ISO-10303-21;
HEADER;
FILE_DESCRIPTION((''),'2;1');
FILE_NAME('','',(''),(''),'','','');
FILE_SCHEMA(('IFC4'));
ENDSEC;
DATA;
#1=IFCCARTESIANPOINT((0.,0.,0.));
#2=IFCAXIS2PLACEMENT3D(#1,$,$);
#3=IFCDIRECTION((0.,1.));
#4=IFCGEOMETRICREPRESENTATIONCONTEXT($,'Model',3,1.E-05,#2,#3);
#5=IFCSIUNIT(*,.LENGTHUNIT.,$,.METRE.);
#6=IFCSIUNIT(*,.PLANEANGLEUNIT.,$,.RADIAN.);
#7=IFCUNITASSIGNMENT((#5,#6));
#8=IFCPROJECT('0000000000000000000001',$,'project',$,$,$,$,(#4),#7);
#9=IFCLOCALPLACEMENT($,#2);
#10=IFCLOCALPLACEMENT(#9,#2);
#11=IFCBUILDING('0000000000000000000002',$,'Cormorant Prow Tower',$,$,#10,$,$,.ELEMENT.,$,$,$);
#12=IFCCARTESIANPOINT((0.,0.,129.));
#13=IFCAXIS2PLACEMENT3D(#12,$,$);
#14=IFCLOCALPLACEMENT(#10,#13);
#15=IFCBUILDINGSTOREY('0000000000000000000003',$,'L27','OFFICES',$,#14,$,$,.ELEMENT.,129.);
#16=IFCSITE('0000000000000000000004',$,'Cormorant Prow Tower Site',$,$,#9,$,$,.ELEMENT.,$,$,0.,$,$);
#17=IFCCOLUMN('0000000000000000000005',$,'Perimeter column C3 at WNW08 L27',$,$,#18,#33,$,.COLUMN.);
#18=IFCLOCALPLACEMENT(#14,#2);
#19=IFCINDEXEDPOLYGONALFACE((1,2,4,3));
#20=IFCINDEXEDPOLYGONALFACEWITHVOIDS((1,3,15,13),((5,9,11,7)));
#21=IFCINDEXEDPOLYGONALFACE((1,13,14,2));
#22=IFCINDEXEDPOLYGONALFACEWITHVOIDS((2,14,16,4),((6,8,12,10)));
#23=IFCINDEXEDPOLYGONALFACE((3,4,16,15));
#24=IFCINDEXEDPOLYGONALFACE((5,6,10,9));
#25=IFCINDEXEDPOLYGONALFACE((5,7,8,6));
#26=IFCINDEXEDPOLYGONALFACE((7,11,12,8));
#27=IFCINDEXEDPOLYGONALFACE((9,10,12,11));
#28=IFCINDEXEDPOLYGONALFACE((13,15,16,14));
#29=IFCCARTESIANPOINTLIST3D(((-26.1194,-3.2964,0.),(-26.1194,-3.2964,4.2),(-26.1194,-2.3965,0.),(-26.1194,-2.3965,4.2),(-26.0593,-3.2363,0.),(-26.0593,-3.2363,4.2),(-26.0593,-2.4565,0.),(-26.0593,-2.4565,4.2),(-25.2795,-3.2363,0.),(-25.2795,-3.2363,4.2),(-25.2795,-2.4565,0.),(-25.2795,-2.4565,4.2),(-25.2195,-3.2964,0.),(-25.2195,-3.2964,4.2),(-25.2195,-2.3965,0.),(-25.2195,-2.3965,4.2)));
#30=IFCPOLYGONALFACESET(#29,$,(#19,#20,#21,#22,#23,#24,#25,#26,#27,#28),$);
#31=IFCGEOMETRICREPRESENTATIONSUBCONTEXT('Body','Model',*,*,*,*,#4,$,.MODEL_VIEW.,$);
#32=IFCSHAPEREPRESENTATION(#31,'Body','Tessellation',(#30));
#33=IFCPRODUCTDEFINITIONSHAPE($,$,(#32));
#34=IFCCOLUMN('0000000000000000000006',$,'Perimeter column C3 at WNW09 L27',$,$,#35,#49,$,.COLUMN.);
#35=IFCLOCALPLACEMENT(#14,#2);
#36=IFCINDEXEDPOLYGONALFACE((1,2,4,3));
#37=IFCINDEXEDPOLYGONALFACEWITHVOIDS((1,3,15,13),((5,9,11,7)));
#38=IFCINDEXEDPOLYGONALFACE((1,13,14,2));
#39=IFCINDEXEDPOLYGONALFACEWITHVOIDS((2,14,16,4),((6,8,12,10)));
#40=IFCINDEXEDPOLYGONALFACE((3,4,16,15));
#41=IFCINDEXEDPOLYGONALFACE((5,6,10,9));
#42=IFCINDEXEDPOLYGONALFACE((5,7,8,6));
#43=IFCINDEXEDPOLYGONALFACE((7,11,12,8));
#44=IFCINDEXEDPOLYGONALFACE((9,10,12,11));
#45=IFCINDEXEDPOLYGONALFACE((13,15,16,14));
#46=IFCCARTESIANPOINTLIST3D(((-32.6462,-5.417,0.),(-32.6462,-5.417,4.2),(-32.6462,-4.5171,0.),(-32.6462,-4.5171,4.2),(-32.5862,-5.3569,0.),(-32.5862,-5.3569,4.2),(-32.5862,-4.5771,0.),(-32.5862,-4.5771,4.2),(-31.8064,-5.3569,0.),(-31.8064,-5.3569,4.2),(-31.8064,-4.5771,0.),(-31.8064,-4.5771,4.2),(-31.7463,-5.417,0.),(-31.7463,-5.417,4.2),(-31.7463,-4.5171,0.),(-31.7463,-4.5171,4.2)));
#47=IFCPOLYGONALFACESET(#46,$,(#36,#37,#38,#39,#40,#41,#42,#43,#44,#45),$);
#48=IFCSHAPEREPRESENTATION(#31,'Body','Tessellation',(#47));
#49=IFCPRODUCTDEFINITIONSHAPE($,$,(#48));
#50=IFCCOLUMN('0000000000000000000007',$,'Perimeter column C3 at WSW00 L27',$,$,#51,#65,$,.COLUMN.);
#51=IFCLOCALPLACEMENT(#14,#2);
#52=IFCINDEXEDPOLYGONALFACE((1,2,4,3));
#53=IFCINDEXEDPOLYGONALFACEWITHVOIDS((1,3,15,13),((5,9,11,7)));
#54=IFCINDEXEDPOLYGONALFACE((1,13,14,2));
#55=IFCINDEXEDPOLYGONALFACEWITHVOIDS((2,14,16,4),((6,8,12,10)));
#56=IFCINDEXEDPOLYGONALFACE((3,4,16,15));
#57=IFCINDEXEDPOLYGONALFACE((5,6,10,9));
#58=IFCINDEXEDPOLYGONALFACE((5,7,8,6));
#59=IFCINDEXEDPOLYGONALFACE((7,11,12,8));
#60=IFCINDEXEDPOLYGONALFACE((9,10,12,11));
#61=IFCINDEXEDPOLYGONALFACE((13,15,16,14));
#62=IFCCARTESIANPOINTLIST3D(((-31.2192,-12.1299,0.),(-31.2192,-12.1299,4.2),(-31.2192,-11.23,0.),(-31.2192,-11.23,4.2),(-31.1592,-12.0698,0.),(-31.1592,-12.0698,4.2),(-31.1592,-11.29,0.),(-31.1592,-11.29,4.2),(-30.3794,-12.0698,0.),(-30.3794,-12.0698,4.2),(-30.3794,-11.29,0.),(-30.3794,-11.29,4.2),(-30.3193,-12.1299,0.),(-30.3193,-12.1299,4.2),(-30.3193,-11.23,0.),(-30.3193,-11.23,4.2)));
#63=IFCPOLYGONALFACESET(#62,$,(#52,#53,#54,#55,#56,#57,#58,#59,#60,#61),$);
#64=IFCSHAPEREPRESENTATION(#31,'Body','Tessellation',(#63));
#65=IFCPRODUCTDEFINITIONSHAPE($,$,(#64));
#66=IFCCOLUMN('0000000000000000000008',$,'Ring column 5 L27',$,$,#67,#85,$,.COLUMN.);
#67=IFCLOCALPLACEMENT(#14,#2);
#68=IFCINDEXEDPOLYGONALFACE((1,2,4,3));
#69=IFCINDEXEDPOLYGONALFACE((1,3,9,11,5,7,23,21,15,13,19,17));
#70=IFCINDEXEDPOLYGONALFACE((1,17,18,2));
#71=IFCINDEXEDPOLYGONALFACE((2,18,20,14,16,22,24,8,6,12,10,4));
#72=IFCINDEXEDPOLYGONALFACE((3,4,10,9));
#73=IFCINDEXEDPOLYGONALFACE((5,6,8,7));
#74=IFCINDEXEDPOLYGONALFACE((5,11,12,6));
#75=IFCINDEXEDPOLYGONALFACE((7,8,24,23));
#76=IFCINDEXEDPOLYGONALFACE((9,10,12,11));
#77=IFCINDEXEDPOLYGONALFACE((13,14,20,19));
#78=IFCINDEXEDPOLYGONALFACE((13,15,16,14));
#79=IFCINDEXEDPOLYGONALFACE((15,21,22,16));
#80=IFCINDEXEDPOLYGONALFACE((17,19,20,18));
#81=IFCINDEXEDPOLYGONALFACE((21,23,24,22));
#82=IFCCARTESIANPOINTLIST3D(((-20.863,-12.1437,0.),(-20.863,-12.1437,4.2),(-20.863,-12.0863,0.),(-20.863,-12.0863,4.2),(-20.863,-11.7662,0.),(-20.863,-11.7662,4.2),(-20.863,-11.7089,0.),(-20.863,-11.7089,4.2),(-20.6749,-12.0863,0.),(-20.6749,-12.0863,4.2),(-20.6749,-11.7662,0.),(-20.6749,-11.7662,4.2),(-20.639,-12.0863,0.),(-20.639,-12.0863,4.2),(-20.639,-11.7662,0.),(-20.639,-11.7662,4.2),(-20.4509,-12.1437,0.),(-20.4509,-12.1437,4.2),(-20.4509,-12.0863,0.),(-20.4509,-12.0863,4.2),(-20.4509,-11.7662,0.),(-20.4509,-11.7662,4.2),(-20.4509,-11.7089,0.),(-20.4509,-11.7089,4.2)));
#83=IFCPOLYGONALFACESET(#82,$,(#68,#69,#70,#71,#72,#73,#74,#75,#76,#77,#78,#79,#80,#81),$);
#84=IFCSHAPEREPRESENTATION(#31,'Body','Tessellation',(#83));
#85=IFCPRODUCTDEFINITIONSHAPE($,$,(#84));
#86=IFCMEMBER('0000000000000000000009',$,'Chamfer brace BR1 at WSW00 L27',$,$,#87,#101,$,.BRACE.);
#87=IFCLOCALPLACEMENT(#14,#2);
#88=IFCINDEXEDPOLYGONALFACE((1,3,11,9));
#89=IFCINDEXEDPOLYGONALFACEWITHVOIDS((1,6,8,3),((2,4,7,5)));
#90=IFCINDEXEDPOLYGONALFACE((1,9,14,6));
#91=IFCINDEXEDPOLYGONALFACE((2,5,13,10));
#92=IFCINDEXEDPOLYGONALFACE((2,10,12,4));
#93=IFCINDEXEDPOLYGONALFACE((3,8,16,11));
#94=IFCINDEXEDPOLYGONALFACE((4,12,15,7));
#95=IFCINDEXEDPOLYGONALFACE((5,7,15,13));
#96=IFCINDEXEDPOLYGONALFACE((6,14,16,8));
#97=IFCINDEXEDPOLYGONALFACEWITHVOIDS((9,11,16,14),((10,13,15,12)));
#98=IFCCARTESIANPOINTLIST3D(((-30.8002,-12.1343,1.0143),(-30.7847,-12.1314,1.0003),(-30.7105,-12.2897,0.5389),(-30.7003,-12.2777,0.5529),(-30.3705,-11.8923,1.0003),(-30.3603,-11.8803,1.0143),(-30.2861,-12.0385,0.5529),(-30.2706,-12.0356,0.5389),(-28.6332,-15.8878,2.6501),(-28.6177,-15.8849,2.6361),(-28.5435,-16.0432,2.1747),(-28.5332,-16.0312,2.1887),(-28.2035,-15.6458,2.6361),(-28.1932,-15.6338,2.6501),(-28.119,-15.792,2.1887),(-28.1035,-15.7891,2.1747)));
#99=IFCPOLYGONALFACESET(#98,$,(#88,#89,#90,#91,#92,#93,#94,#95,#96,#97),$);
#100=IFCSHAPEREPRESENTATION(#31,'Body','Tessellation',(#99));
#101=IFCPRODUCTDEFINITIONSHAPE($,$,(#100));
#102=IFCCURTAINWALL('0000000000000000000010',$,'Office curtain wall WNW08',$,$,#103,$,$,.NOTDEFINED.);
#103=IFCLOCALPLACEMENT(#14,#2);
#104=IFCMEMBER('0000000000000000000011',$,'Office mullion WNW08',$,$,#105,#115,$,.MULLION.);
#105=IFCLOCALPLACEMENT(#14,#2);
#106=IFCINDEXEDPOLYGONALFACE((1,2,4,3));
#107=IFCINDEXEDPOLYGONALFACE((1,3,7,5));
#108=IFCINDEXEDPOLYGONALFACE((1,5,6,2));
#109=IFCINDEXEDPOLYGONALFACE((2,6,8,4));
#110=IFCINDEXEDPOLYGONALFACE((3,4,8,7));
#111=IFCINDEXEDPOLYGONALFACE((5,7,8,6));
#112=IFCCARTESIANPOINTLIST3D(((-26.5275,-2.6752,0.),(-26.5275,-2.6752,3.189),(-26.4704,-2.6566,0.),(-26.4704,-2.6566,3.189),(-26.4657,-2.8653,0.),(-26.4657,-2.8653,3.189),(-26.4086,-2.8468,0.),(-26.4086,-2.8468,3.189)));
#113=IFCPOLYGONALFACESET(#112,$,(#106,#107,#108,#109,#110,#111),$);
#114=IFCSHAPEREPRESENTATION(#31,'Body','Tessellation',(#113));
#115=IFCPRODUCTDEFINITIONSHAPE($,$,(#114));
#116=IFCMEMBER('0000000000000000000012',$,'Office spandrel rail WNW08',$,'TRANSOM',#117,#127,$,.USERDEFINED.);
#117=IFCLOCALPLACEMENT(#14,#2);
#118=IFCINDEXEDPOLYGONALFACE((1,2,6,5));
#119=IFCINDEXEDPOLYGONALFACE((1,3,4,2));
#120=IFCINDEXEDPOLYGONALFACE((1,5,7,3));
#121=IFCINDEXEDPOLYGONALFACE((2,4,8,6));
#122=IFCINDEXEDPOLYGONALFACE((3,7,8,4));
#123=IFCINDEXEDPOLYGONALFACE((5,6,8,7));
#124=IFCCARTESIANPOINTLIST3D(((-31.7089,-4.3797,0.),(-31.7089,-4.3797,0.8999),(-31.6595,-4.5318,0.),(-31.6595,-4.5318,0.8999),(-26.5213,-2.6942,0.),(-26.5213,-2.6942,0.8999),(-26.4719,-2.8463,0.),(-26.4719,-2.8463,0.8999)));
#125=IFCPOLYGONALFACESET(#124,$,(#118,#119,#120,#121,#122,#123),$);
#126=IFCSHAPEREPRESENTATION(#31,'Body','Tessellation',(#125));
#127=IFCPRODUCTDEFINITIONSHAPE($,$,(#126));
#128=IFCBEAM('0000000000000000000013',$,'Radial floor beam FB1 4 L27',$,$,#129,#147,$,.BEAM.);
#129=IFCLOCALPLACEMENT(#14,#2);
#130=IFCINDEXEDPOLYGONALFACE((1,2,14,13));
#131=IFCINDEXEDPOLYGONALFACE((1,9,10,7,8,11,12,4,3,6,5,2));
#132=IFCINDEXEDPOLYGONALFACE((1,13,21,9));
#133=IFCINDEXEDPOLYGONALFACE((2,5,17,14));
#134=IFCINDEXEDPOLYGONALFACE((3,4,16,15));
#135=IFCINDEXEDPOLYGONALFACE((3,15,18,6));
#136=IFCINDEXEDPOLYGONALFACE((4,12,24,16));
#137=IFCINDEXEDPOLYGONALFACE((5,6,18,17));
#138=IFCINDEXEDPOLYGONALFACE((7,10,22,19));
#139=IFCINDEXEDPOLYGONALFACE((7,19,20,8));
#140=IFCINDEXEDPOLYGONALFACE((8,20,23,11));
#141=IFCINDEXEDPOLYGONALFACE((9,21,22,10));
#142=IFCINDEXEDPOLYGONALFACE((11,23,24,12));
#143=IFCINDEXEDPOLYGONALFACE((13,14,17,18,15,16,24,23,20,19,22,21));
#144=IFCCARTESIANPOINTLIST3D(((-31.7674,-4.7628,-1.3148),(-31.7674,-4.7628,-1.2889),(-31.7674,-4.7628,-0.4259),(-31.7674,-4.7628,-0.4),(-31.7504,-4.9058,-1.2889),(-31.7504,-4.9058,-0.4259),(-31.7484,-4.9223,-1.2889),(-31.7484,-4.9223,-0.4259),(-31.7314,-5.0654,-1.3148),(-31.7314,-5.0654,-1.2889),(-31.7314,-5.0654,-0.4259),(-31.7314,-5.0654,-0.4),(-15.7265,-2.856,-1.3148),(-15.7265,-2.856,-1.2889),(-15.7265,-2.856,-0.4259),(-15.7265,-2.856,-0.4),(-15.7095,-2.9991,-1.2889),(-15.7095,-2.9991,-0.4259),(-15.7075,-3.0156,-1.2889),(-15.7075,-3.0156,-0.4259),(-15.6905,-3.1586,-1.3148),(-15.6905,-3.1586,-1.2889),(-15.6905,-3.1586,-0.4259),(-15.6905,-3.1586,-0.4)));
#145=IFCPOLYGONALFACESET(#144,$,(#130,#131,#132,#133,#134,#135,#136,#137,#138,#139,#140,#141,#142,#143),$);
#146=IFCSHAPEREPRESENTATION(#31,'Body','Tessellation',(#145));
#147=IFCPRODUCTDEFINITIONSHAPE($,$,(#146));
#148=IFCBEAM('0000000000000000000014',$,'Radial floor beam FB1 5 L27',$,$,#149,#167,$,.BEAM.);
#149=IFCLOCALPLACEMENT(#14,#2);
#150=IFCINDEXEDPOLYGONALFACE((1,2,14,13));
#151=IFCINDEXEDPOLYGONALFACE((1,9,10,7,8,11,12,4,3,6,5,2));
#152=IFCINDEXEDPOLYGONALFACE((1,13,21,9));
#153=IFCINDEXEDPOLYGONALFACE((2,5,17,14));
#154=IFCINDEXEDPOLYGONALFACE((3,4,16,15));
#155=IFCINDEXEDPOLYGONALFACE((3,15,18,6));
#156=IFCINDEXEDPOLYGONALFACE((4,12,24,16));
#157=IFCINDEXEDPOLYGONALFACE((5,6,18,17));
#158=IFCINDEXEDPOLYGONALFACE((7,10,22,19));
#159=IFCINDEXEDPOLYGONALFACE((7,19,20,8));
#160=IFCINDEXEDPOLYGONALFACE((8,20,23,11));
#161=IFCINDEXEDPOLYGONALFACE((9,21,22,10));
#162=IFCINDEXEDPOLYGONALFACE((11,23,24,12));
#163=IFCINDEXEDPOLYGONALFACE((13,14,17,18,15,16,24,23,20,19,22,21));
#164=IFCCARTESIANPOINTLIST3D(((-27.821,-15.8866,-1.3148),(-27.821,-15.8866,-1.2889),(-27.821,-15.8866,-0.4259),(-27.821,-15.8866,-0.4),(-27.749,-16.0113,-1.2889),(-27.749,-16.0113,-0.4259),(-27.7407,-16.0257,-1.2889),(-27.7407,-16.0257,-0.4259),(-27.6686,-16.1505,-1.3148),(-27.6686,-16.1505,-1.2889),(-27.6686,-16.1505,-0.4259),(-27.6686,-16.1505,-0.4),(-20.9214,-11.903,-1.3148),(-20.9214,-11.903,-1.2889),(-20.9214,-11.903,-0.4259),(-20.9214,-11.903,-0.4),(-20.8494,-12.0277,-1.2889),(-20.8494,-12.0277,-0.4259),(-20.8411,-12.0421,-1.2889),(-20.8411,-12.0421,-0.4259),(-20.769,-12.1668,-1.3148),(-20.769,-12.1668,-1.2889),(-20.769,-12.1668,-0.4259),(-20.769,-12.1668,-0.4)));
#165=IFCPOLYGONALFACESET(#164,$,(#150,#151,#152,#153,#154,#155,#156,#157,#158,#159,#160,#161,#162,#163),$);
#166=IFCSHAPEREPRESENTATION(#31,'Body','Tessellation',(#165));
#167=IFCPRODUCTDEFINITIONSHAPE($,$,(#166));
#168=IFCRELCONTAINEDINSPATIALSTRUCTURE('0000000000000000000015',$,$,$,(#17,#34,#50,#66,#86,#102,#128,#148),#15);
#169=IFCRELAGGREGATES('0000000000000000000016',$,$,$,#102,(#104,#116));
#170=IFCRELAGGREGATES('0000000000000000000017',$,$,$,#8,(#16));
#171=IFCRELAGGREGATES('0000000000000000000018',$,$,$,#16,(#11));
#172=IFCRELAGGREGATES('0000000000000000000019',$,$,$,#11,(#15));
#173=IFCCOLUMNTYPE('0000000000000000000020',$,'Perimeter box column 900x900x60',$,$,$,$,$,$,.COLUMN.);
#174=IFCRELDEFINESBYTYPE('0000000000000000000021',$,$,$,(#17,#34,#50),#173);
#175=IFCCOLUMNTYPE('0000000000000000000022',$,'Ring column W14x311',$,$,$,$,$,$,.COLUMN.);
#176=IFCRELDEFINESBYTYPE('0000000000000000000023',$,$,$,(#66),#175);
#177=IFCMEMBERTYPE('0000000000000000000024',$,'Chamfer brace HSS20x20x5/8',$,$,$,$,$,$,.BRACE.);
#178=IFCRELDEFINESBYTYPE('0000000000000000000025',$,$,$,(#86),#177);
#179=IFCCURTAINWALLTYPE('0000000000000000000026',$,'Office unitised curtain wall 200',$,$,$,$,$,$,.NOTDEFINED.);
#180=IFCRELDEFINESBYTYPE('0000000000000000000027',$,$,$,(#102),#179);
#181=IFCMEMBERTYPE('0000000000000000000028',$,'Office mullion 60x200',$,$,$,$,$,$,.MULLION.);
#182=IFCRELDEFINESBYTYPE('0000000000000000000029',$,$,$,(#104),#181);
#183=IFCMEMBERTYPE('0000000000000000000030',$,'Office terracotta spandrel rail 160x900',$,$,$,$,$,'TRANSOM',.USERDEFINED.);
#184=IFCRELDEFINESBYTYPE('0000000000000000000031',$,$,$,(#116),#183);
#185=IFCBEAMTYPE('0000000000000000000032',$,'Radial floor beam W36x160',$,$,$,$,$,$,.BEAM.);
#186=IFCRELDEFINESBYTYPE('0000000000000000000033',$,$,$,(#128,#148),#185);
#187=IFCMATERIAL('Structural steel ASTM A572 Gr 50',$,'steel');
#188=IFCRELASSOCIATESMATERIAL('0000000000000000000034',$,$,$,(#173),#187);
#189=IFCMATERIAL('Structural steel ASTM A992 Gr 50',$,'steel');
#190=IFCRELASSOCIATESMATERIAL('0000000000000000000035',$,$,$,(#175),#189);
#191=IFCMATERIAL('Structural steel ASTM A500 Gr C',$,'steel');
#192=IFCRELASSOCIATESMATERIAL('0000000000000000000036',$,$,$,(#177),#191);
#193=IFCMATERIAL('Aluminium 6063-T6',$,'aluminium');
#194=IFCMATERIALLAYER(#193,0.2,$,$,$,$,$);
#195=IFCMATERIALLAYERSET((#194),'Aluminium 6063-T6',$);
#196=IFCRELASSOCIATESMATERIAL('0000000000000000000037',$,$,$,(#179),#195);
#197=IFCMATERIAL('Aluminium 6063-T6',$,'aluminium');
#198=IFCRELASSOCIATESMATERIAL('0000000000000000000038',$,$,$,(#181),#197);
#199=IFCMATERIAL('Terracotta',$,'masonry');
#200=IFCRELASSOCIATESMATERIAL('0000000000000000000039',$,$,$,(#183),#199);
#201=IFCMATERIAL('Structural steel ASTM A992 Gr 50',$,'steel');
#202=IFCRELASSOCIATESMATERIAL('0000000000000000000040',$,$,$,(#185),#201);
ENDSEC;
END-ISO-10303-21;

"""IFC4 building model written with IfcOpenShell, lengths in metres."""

from ifc_helpers import new_model, si_unit, direction, frame, origin, origin_2d, place, context, subcontext, project, spatial, rectangle, hollow_rectangle, i_section, extrude, material, layer, layer_set, material_profile, profile_set, type_object, element, aggregate, save


model = new_model("IFC4")

# Units and contexts
model_context = context("Model", 3, precision=1e-05, world=origin(), true_north=direction((0.0, 1.0)))
body_context = subcontext(model_context, "Body", "Model", "MODEL_VIEW")
ifc_project = project(units=[si_unit("LENGTHUNIT", "METRE"), si_unit("PLANEANGLEUNIT", "RADIAN")], contexts=[model_context])

# Site, building, storey
site_placement = place(None, origin())
site = spatial("IfcSite", under=ifc_project, at=site_placement, Name="Cormorant Prow Tower Site", CompositionType="ELEMENT", RefElevation=0.0)
building_placement = place(site_placement, origin())
building = spatial("IfcBuilding", under=site, at=building_placement, Name="Cormorant Prow Tower", CompositionType="ELEMENT")
storey_placement = place(building_placement, frame((0.0, 0.0, 129.0)))
storey = spatial("IfcBuildingStorey", under=building, at=storey_placement, Name="L27", Description="OFFICES", CompositionType="ELEMENT", Elevation=129.0)

# Columns
ifc_material_1 = material(Name="Structural steel ASTM A572 Gr 50", Category="steel")
ifc_material_profile_1 = material_profile(ifc_material_1, hollow_rectangle(XDim=0.8999, YDim=0.8999, WallThickness=0.0601, at=origin_2d()), Name="Box 900x900x60")
ifc_profile_set_1 = profile_set([ifc_material_profile_1], Name="Structural steel ASTM A572 Gr 50")
column_type_1 = type_object("IfcColumnType", Name="Perimeter box column 900x900x60", PredefinedType="COLUMN", material=ifc_profile_set_1)
for number, where, z_axis, x_axis, name in (
    (1, (-25.6694, -2.8464, 0.0), (0.0, 0.0, 1.0), (1.0, 0.0, 0.0), "Perimeter column C3 at WNW08 L27"),
    (2, (-32.1963, -4.967, 0.0), (0.0, 0.0, 1.0), (1.0, 0.0, 0.0), "Perimeter column C3 at WNW09 L27"),
    (3, (-30.7693, -11.6799, 0.0), (0.0, 0.0, 1.0), (1.0, 0.0, 0.0), "Perimeter column C3 at WSW00 L27"),
):
    element("IfcColumn", number, at=place(storey_placement, frame(where, z_axis=z_axis, x_axis=x_axis)), inside=storey, type_object=column_type_1, Name=name, PredefinedType="COLUMN", context=body_context, shape_type="SweptSolid", body=[
        extrude(hollow_rectangle(XDim=0.8999, YDim=0.8999, WallThickness=0.0601, at=origin_2d()), origin(), (0.0, 0.0, 1.0), 4.2),
    ])
ifc_material_2 = material(Name="Structural steel ASTM A992 Gr 50", Category="steel")
ifc_material_profile_2 = material_profile(ifc_material_2, i_section(OverallWidth=0.4121, OverallDepth=0.4348, WebThickness=0.0359, FlangeThickness=0.0574, at=origin_2d()), Name="W14x311")
ifc_profile_set_2 = profile_set([ifc_material_profile_2], Name="Structural steel ASTM A992 Gr 50")
column_type_2 = type_object("IfcColumnType", Name="Ring column W14x311", PredefinedType="COLUMN", material=ifc_profile_set_2)
column_placement = place(storey_placement, frame((-20.657, -11.9263, 0.0), z_axis=(0.0, 0.0, 1.0), x_axis=(1.0, 0.0, 0.0)))
element("IfcColumn", 4, at=column_placement, inside=storey, type_object=column_type_2, Name="Ring column 5 L27", PredefinedType="COLUMN", context=body_context, shape_type="SweptSolid", body=[
    extrude(i_section(OverallWidth=0.4121, OverallDepth=0.4348, WebThickness=0.0359, FlangeThickness=0.0574, at=origin_2d()), origin(), (0.0, 0.0, 1.0), 4.2),
])

# Member
ifc_material_3 = material(Name="Structural steel ASTM A500 Gr C", Category="steel")
ifc_material_profile_3 = material_profile(ifc_material_3, hollow_rectangle(XDim=0.5081, YDim=0.5081, WallThickness=0.0149, at=origin_2d()), Name="HSS20x20x5/8")
ifc_profile_set_3 = profile_set([ifc_material_profile_3], Name="Structural steel ASTM A500 Gr C")
member_type_1 = type_object("IfcMemberType", Name="Chamfer brace HSS20x20x5/8", PredefinedType="BRACE", material=ifc_profile_set_3)
member_1_placement = place(storey_placement, frame((-30.5354, -12.085, 0.7766), z_axis=(0.467785, -0.810244, 0.353105), x_axis=(0.86603, 0.499992, 0.0)))
element("IfcMember", 5, at=member_1_placement, inside=storey, type_object=member_type_1, Name="Chamfer brace BR1 at WSW00 L27", PredefinedType="BRACE", context=body_context, shape_type="SweptSolid", body=[
    extrude(hollow_rectangle(XDim=0.5081, YDim=0.5081, WallThickness=0.0149, at=origin_2d()), origin(), (0.0, 0.0, 1.0), 4.6326),
])

# Curtain wall, members
ifc_material_4 = material(Name="Aluminium 6063-T6", Category="aluminium")
ifc_layer_1 = layer(ifc_material_4, 0.2)
ifc_layer_set_1 = layer_set([ifc_layer_1], Name="Aluminium 6063-T6")
curtain_wall_type = type_object("IfcCurtainWallType", Name="Office unitised curtain wall 200", PredefinedType="NOTDEFINED", material=ifc_layer_set_1)
curtain_wall_placement = place(storey_placement, origin())
curtain_wall = element("IfcCurtainWall", 6, at=curtain_wall_placement, inside=storey, type_object=curtain_wall_type, Name="Office curtain wall WNW08", PredefinedType="NOTDEFINED")
ifc_material_5 = material(Name="Aluminium 6063-T6", Category="aluminium")
ifc_material_profile_4 = material_profile(ifc_material_5, rectangle(XDim=0.2, YDim=0.0601, at=origin_2d()), Name="Office mullion 60x200")
ifc_profile_set_4 = profile_set([ifc_material_profile_4], Name="Aluminium 6063-T6")
member_type_2 = type_object("IfcMemberType", Name="Office mullion 60x200", PredefinedType="MULLION", material=ifc_profile_set_4)
member_2_placement = place(storey_placement, frame((-26.468, -2.761, 0.0), z_axis=(0.0, 0.0, 1.0), x_axis=(0.309017, -0.951056, 0.0)))
member_2 = element("IfcMember", 7, at=member_2_placement, type_object=member_type_2, Name="Office mullion WNW08", PredefinedType="MULLION", context=body_context, shape_type="SweptSolid", body=[
    extrude(rectangle(XDim=0.2, YDim=0.0601, at=origin_2d()), origin(), (0.0, 0.0, 1.0), 3.189),
])
ifc_material_6 = material(Name="Terracotta", Category="masonry")
ifc_material_profile_5 = material_profile(ifc_material_6, rectangle(XDim=0.1599, YDim=0.8999, at=origin_2d()), Name="Office terracotta spandrel rail 160x900")
ifc_profile_set_5 = profile_set([ifc_material_profile_5], Name="Terracotta")
member_type_3 = type_object("IfcMemberType", Name="Office terracotta spandrel rail 160x900", ElementType="TRANSOM", PredefinedType="USERDEFINED", material=ifc_profile_set_5)
member_3_placement = place(storey_placement, frame((-26.4966, -2.7703, 0.45), z_axis=(-0.951059, -0.309008, 0.0), x_axis=(0.309008, -0.951059, 0.0)))
member_3 = element("IfcMember", 8, at=member_3_placement, type_object=member_type_3, Name="Office spandrel rail WNW08", ObjectType="TRANSOM", PredefinedType="USERDEFINED", context=body_context, shape_type="SweptSolid", body=[
    extrude(rectangle(XDim=0.1599, YDim=0.8999, at=origin_2d()), origin(), (0.0, 0.0, 1.0), 5.4546),
])

# Beams
ifc_material_7 = material(Name="Structural steel ASTM A992 Gr 50", Category="steel")
ifc_material_profile_6 = material_profile(ifc_material_7, i_section(OverallWidth=0.3047, OverallDepth=0.9148, WebThickness=0.0166, FlangeThickness=0.0259, at=origin_2d()), Name="W36x160")
ifc_profile_set_6 = profile_set([ifc_material_profile_6], Name="Structural steel ASTM A992 Gr 50")
beam_type_1 = type_object("IfcBeamType", Name="Radial floor beam W36x160", PredefinedType="BEAM", material=ifc_profile_set_6)
beam_1_placement = place(storey_placement, frame((-15.7085, -3.0073, -0.8574), z_axis=(-0.993009, -0.118037, 0.0), x_axis=(0.118037, -0.993009, 0.0)))
element("IfcBeam", 9, at=beam_1_placement, inside=storey, type_object=beam_type_1, Name="Radial floor beam FB1 4 L27", PredefinedType="BEAM", context=body_context, shape_type="SweptSolid", body=[
    extrude(i_section(OverallWidth=0.3047, OverallDepth=0.9148, WebThickness=0.0166, FlangeThickness=0.0259, at=origin_2d()), origin(), (0.0, 0.0, 1.0), 16.1538),
])
beam_2_placement = place(storey_placement, frame((-20.8452, -12.0349, -0.8574), z_axis=(-0.866019, -0.500012, 0.0), x_axis=(0.500012, -0.866019, 0.0)))
element("IfcBeam", 10, at=beam_2_placement, inside=storey, type_object=beam_type_1, Name="Radial floor beam FB1 5 L27", PredefinedType="BEAM", context=body_context, shape_type="SweptSolid", body=[
    extrude(i_section(OverallWidth=0.3047, OverallDepth=0.9148, WebThickness=0.0166, FlangeThickness=0.0259, at=origin_2d()), origin(), (0.0, 0.0, 1.0), 7.967),
])

aggregate(curtain_wall, [member_2, member_3])

save(model, "model.ifc")
